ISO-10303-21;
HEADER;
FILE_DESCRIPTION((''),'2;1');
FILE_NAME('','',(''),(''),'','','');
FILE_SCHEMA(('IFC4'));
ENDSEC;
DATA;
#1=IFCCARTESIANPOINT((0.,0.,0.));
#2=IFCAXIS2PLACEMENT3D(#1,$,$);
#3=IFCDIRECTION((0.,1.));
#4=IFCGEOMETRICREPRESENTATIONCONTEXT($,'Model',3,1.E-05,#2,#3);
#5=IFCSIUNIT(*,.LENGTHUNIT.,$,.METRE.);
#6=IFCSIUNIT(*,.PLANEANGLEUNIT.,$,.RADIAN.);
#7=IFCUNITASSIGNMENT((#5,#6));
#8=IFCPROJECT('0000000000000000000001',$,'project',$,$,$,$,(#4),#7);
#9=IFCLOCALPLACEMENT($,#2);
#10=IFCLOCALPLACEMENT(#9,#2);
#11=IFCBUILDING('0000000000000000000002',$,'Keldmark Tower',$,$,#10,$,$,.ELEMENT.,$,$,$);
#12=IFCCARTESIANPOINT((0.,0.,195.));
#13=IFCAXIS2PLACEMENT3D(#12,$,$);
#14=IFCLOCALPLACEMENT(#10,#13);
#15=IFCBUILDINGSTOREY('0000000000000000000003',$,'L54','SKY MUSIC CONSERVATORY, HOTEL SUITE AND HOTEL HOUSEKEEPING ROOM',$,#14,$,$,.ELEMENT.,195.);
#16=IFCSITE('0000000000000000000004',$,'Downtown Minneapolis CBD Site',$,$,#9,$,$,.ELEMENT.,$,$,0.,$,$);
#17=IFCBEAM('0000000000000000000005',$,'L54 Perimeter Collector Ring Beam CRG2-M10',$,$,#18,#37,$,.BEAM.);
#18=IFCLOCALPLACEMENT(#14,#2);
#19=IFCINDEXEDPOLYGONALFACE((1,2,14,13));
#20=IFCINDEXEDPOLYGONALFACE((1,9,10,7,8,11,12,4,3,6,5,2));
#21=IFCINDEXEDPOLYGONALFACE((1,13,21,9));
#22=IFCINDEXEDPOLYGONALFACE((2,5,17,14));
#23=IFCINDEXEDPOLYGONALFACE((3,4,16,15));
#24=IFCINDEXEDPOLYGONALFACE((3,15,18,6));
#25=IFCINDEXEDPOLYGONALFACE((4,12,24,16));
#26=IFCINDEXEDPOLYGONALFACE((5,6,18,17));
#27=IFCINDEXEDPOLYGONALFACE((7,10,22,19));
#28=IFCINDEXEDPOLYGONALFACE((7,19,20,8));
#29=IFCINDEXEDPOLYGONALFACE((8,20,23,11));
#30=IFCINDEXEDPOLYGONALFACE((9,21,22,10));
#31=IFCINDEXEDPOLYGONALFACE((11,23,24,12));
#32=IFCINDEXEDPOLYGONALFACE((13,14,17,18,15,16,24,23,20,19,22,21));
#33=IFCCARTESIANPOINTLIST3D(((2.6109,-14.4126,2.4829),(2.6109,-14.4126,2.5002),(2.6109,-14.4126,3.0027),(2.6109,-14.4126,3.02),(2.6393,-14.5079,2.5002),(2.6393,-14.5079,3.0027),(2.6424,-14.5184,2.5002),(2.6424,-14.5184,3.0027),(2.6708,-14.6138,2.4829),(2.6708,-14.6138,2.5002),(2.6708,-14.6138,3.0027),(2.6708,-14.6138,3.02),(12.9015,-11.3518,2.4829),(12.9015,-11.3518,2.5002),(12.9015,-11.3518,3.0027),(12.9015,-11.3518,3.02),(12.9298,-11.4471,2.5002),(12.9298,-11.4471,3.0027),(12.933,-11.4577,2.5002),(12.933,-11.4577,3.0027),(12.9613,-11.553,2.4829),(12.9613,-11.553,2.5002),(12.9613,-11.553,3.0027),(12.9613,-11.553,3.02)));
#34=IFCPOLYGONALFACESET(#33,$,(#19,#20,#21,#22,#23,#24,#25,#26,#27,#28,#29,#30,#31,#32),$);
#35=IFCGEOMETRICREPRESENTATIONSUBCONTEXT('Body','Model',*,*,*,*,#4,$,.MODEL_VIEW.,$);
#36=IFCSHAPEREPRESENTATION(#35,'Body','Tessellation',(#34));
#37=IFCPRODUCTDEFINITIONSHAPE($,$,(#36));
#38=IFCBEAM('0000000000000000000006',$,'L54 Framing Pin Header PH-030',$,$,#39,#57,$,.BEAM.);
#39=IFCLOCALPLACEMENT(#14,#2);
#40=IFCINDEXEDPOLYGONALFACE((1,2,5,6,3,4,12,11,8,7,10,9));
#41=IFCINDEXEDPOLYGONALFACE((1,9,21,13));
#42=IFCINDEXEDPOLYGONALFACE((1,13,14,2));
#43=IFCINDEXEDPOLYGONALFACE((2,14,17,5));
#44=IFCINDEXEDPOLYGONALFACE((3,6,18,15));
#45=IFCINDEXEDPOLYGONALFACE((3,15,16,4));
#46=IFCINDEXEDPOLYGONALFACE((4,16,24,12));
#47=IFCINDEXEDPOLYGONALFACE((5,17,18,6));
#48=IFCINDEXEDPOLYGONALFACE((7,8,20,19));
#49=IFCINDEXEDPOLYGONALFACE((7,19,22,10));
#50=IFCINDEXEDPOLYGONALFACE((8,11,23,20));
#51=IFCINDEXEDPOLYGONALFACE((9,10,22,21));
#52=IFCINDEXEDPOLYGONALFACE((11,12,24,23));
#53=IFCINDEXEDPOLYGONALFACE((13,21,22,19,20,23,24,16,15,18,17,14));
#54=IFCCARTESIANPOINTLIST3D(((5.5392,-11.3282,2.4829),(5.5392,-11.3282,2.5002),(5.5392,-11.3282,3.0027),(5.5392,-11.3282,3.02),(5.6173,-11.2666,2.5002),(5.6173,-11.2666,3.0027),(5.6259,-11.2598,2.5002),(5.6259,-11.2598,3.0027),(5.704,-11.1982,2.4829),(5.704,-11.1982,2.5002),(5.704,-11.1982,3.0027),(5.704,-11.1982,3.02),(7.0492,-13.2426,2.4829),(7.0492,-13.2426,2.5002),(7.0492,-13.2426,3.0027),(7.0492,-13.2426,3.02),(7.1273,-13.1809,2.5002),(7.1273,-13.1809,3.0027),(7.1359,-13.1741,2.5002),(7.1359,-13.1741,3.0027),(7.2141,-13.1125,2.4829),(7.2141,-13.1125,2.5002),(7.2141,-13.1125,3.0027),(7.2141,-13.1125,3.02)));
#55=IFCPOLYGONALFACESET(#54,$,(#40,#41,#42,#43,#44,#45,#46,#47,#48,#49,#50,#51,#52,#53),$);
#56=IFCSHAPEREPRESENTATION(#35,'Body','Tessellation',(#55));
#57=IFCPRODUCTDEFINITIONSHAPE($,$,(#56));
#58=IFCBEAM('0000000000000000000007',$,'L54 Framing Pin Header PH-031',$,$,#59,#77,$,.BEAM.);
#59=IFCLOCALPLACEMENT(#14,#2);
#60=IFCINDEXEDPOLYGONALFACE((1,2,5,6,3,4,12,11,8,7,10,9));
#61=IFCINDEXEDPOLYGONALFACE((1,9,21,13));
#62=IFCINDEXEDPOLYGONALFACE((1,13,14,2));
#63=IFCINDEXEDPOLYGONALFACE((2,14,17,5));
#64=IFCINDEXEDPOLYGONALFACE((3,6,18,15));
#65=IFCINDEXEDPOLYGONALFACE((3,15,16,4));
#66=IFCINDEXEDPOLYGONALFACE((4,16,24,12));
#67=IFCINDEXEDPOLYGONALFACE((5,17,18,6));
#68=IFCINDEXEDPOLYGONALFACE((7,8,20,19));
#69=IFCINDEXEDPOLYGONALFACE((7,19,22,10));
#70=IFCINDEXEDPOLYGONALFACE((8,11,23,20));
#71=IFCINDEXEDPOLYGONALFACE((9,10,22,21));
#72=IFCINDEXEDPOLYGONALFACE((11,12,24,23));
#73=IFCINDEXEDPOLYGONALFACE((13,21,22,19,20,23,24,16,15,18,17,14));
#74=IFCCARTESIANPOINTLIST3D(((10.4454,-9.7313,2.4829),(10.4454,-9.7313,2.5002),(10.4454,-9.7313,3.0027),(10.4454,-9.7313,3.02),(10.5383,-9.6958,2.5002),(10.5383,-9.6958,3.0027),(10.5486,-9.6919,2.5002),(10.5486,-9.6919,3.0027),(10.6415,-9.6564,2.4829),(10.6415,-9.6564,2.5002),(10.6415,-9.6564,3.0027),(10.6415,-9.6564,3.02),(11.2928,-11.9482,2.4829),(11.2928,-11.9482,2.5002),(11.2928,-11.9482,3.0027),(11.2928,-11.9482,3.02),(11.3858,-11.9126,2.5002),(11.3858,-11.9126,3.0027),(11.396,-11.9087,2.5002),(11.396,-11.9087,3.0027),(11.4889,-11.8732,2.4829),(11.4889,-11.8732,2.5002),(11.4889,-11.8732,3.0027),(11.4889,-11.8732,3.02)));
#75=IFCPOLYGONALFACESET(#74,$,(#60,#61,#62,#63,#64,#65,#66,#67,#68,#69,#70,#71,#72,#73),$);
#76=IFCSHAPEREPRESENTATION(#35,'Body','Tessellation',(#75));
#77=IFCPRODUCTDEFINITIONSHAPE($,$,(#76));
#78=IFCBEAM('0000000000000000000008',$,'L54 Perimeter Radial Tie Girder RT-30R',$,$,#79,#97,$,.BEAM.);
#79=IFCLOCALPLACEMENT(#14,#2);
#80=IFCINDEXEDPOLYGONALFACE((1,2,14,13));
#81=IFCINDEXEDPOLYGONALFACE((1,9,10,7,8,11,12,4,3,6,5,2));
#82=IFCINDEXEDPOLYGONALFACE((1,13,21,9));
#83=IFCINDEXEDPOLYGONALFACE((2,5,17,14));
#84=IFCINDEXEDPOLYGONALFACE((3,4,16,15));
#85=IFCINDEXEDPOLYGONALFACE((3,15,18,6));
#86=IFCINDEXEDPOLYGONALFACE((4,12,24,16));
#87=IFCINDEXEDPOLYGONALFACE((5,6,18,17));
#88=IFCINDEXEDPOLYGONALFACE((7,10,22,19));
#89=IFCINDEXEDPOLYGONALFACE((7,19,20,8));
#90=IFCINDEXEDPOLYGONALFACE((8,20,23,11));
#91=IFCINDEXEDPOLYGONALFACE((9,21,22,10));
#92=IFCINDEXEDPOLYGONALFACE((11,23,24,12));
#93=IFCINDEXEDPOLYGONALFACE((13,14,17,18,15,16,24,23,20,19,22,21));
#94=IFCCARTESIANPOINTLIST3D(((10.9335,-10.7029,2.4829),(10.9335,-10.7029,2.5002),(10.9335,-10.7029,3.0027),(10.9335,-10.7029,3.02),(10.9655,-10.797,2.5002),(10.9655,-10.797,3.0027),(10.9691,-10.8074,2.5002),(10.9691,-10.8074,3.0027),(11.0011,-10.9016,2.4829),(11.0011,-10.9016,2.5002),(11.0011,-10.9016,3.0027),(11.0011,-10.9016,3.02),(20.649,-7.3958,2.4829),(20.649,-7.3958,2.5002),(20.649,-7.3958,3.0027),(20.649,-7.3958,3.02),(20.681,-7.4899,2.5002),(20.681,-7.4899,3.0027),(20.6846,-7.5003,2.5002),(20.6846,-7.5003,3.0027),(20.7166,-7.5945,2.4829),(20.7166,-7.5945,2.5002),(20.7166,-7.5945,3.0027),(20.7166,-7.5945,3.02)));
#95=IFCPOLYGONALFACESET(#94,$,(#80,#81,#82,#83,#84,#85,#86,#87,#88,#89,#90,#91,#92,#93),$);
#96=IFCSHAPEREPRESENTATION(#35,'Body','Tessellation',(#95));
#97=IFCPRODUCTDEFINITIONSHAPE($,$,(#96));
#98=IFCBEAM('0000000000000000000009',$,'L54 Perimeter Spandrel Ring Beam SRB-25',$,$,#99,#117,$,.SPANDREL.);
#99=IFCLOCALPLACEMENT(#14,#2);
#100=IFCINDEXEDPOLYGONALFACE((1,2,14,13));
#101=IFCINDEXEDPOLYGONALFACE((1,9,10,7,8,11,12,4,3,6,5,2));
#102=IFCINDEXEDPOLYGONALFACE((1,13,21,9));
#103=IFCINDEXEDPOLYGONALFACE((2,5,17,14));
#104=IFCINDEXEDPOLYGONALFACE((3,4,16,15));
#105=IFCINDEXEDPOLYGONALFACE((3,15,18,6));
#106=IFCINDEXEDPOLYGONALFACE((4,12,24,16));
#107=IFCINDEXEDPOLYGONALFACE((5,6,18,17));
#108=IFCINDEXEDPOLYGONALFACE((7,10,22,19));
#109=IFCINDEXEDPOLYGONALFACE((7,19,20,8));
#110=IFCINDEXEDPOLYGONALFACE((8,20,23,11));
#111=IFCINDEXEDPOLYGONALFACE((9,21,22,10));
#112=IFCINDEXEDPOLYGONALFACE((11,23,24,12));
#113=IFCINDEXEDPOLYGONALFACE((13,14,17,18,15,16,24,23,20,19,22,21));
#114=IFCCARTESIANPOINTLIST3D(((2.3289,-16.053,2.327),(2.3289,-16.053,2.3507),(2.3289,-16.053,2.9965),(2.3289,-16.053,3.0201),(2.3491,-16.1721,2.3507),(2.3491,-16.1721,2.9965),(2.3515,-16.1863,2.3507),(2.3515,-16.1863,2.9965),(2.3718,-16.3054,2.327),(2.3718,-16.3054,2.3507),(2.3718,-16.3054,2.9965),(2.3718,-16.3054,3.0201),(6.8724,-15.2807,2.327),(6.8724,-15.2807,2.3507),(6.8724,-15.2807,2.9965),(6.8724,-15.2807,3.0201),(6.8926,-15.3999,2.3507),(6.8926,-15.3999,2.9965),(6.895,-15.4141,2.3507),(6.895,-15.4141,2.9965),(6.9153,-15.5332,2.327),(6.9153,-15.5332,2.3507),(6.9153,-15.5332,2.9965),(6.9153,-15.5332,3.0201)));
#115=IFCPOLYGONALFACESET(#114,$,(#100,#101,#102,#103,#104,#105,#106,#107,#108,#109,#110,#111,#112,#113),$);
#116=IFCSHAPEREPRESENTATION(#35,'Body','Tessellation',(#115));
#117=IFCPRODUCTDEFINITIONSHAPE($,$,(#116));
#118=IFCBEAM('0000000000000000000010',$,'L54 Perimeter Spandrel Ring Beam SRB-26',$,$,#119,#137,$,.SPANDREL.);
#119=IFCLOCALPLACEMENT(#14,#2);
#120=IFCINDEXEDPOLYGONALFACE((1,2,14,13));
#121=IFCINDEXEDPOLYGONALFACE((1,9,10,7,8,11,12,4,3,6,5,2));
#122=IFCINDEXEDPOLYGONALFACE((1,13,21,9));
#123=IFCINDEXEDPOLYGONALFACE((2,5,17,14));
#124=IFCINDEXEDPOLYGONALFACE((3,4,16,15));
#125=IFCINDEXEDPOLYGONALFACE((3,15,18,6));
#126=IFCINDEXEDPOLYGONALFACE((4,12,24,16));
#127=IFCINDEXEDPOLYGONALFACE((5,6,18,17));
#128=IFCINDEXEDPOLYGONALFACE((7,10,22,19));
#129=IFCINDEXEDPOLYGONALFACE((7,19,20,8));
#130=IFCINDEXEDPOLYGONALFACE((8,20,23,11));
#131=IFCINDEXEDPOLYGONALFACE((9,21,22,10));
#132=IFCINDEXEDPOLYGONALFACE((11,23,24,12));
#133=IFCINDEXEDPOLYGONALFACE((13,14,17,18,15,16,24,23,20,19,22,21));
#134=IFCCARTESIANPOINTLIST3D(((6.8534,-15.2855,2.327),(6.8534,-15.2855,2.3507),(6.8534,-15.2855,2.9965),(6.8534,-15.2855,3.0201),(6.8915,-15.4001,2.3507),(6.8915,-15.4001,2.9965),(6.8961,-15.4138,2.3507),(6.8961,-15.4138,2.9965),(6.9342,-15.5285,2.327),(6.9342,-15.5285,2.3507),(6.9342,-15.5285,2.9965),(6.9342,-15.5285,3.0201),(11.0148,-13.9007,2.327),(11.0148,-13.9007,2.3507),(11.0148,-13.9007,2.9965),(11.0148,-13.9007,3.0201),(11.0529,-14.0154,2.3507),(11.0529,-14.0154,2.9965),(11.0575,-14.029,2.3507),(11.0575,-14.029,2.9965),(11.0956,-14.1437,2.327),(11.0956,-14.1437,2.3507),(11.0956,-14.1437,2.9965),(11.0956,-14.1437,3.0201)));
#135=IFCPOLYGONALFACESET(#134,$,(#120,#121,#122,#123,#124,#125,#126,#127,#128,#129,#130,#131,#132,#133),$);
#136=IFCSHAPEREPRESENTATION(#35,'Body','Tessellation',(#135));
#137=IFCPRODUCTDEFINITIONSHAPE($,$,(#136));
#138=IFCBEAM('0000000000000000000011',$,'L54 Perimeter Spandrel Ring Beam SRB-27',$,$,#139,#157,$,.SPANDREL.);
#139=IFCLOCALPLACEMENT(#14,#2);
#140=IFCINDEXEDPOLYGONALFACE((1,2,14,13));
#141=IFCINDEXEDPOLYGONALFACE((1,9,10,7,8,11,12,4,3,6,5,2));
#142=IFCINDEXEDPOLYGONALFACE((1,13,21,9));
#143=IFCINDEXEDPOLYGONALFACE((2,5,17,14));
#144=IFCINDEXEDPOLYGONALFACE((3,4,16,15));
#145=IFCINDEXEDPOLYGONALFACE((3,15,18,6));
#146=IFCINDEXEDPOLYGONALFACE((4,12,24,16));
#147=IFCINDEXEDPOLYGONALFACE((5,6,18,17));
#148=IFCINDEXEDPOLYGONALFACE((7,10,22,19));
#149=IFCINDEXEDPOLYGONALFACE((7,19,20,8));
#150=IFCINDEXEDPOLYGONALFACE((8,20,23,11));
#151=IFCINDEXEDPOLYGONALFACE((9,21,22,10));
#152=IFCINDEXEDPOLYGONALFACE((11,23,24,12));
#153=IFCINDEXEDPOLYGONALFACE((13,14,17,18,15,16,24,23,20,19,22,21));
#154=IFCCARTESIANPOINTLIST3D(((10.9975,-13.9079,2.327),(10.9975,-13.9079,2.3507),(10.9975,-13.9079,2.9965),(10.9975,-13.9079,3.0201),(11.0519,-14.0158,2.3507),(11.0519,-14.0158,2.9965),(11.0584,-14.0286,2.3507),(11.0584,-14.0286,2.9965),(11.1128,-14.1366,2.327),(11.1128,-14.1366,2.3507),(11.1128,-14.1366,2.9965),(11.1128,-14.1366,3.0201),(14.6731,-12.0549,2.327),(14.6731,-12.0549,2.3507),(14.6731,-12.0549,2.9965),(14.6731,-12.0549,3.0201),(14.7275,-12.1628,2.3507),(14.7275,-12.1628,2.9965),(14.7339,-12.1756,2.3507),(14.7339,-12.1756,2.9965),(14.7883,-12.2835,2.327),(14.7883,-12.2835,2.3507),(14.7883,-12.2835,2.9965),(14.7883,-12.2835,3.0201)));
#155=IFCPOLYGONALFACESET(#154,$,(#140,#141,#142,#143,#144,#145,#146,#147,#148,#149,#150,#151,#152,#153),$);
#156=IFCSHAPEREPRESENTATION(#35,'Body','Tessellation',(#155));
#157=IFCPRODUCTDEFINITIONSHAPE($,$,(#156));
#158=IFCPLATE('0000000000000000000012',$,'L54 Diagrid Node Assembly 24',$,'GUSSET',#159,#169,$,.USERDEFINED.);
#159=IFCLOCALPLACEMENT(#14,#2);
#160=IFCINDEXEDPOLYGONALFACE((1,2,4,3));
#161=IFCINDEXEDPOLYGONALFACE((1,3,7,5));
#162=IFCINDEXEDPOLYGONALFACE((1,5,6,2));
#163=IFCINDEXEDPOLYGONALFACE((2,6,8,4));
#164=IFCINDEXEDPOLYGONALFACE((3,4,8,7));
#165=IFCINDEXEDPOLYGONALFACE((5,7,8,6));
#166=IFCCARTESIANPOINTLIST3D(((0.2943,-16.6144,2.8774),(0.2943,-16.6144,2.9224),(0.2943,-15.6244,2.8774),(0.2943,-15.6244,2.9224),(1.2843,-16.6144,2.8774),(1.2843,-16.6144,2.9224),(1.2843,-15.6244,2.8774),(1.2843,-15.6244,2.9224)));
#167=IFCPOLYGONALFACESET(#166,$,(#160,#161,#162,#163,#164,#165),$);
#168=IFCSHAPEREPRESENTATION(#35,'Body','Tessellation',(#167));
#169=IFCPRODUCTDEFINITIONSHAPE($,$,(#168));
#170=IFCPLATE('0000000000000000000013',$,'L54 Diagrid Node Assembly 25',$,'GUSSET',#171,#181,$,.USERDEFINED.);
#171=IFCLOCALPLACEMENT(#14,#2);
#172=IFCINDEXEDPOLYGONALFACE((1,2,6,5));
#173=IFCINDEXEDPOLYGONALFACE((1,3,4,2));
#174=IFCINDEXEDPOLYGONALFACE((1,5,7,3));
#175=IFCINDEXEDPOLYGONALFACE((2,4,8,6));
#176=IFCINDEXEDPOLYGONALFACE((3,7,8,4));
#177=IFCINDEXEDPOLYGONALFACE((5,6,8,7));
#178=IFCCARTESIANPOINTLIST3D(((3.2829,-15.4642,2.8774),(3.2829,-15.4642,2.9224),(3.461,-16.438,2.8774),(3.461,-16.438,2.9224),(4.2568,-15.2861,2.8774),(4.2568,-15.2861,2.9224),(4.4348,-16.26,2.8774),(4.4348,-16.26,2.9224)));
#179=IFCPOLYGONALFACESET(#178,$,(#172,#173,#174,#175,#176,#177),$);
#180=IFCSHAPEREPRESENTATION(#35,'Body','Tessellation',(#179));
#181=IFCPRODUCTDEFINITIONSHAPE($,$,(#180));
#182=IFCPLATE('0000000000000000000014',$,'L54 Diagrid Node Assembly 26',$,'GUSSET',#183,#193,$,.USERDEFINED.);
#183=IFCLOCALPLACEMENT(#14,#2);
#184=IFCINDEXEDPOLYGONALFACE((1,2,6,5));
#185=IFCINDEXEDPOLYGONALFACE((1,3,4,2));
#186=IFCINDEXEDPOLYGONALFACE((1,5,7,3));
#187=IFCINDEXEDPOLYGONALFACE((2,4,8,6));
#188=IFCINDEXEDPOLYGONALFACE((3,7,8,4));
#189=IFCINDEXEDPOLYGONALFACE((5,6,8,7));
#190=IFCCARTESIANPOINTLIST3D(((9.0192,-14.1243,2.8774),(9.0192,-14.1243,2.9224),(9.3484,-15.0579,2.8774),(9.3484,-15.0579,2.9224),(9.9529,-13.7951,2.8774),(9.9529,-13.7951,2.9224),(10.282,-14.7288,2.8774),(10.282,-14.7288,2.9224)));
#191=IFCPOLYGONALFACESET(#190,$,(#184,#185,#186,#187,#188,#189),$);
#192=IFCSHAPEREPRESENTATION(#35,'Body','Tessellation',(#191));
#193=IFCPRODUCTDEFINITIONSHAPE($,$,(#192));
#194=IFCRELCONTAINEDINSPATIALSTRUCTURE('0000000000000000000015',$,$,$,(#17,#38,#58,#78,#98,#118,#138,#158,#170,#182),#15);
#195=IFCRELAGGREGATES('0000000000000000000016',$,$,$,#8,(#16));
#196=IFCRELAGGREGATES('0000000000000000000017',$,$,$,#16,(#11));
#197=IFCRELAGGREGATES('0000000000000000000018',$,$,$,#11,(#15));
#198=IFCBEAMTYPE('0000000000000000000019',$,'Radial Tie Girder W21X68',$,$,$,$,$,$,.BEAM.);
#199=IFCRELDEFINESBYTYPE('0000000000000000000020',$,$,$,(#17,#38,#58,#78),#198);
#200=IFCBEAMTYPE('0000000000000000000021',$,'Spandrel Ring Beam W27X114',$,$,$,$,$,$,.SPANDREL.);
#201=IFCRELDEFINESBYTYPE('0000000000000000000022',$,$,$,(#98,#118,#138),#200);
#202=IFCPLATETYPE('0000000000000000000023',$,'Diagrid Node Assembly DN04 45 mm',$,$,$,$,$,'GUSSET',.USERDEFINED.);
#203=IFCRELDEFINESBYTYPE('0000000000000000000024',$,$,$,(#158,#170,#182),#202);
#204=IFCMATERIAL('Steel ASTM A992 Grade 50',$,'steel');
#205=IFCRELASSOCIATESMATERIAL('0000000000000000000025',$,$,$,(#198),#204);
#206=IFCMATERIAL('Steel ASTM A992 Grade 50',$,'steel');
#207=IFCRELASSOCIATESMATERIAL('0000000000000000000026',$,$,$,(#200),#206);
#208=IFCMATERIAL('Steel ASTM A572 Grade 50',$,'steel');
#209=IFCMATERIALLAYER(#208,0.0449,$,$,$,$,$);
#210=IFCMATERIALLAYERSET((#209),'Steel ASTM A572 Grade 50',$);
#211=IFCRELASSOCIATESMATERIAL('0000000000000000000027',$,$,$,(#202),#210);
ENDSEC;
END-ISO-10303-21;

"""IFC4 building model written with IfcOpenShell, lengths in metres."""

from ifc_helpers import new_model, si_unit, direction, frame, origin, origin_2d, place, context, subcontext, project, spatial, rectangle, i_section, extrude, material, layer, layer_set, material_profile, profile_set, type_object, element, save


model = new_model("IFC4")

# Units and contexts
model_context = context("Model", 3, precision=1e-05, world=origin(), true_north=direction((0.0, 1.0)))
body_context = subcontext(model_context, "Body", "Model", "MODEL_VIEW")
ifc_project = project(units=[si_unit("LENGTHUNIT", "METRE"), si_unit("PLANEANGLEUNIT", "RADIAN")], contexts=[model_context])

# Site, building, storey
site_placement = place(None, origin())
site = spatial("IfcSite", under=ifc_project, at=site_placement, Name="Downtown Minneapolis CBD Site", CompositionType="ELEMENT", RefElevation=0.0)
building_placement = place(site_placement, origin())
building = spatial("IfcBuilding", under=site, at=building_placement, Name="Keldmark Tower", CompositionType="ELEMENT")
storey_placement = place(building_placement, frame((0.0, 0.0, 195.0)))
storey = spatial("IfcBuildingStorey", under=building, at=storey_placement, Name="L54", Description="SKY MUSIC CONSERVATORY, HOTEL SUITE AND HOTEL HOUSEKEEPING ROOM", CompositionType="ELEMENT", Elevation=195.0)

# Beams
ifc_material_1 = material(Name="Steel ASTM A992 Grade 50", Category="steel")
ifc_material_profile_1 = material_profile(ifc_material_1, i_section(OverallWidth=0.21, OverallDepth=0.5371, WebThickness=0.011, FlangeThickness=0.0173, at=origin_2d()), Name="W21X68")
ifc_profile_set_1 = profile_set([ifc_material_profile_1], Name="Steel ASTM A992 Grade 50")
beam_type_1 = type_object("IfcBeamType", Name="Radial Tie Girder W21X68", PredefinedType="BEAM", material=ifc_profile_set_1)
beam_1_placement = place(storey_placement, frame((2.6409, -14.5132, 2.7515), z_axis=(0.9585, 0.285094, 0.0), x_axis=(-0.285094, 0.9585, 0.0)))
element("IfcBeam", 1, at=beam_1_placement, inside=storey, type_object=beam_type_1, Name="L54 Perimeter Collector Ring Beam CRG2-M10", PredefinedType="BEAM", context=body_context, shape_type="SweptSolid", body=[
    extrude(i_section(OverallWidth=0.21, OverallDepth=0.5371, WebThickness=0.011, FlangeThickness=0.0173, at=origin_2d()), origin(), (0.0, 0.0, 1.0), 10.7361),
])
beam_2_placement = place(storey_placement, frame((5.6216, -11.2632, 2.7515), z_axis=(0.61932, -0.785139, 0.0), x_axis=(0.785139, 0.61932, 0.0)))
element("IfcBeam", 2, at=beam_2_placement, inside=storey, type_object=beam_type_1, Name="L54 Framing Pin Header PH-030", PredefinedType="BEAM", context=body_context, shape_type="SweptSolid", body=[
    extrude(i_section(OverallWidth=0.21, OverallDepth=0.5371, WebThickness=0.011, FlangeThickness=0.0173, at=origin_2d()), origin(), (0.0, 0.0, 1.0), 2.4382),
])
beam_3_placement = place(storey_placement, frame((10.5435, -9.6938, 2.7515), z_axis=(0.357069, -0.934078, 0.0), x_axis=(0.934078, 0.357069, 0.0)))
element("IfcBeam", 3, at=beam_3_placement, inside=storey, type_object=beam_type_1, Name="L54 Framing Pin Header PH-031", PredefinedType="BEAM", context=body_context, shape_type="SweptSolid", body=[
    extrude(i_section(OverallWidth=0.21, OverallDepth=0.5371, WebThickness=0.011, FlangeThickness=0.0173, at=origin_2d()), origin(), (0.0, 0.0, 1.0), 2.3733),
])
beam_4_placement = place(storey_placement, frame((10.9673, -10.8022, 2.7515), z_axis=(0.946659, 0.322237, 0.0), x_axis=(-0.322237, 0.946659, 0.0)))
element("IfcBeam", 4, at=beam_4_placement, inside=storey, type_object=beam_type_1, Name="L54 Perimeter Radial Tie Girder RT-30R", PredefinedType="BEAM", context=body_context, shape_type="SweptSolid", body=[
    extrude(i_section(OverallWidth=0.21, OverallDepth=0.5371, WebThickness=0.011, FlangeThickness=0.0173, at=origin_2d()), origin(), (0.0, 0.0, 1.0), 10.2629),
])
ifc_material_2 = material(Name="Steel ASTM A992 Grade 50", Category="steel")
ifc_material_profile_2 = material_profile(ifc_material_2, i_section(OverallWidth=0.2561, OverallDepth=0.6931, WebThickness=0.0144, FlangeThickness=0.0237, at=origin_2d()), Name="W27X114")
ifc_profile_set_2 = profile_set([ifc_material_profile_2], Name="Steel ASTM A992 Grade 50")
beam_type_2 = type_object("IfcBeamType", Name="Spandrel Ring Beam W27X114", PredefinedType="SPANDREL", material=ifc_profile_set_2)
beam_5_placement = place(storey_placement, frame((2.3503, -16.1792, 2.6736), z_axis=(0.985862, 0.167559, 0.0), x_axis=(-0.167559, 0.985862, 0.0)))
element("IfcBeam", 5, at=beam_5_placement, inside=storey, type_object=beam_type_2, Name="L54 Perimeter Spandrel Ring Beam SRB-25", PredefinedType="SPANDREL", context=body_context, shape_type="SweptSolid", body=[
    extrude(i_section(OverallWidth=0.2561, OverallDepth=0.6931, WebThickness=0.0144, FlangeThickness=0.0237, at=origin_2d()), origin(), (0.0, 0.0, 1.0), 4.6086),
])
beam_6_placement = place(storey_placement, frame((6.8938, -15.407, 2.6736), z_axis=(0.948845, 0.315743, 0.0), x_axis=(-0.315743, 0.948845, 0.0)))
element("IfcBeam", 6, at=beam_6_placement, inside=storey, type_object=beam_type_2, Name="L54 Perimeter Spandrel Ring Beam SRB-26", PredefinedType="SPANDREL", context=body_context, shape_type="SweptSolid", body=[
    extrude(i_section(OverallWidth=0.2561, OverallDepth=0.6931, WebThickness=0.0144, FlangeThickness=0.0237, at=origin_2d()), origin(), (0.0, 0.0, 1.0), 4.3857),
])
beam_7_placement = place(storey_placement, frame((11.0552, -14.0222, 2.6736), z_axis=(0.892939, 0.450177, 0.0), x_axis=(-0.450177, 0.892939, 0.0)))
element("IfcBeam", 7, at=beam_7_placement, inside=storey, type_object=beam_type_2, Name="L54 Perimeter Spandrel Ring Beam SRB-27", PredefinedType="SPANDREL", context=body_context, shape_type="SweptSolid", body=[
    extrude(i_section(OverallWidth=0.2561, OverallDepth=0.6931, WebThickness=0.0144, FlangeThickness=0.0237, at=origin_2d()), origin(), (0.0, 0.0, 1.0), 4.1162),
])

# Plates
ifc_material_3 = material(Name="Steel ASTM A572 Grade 50", Category="steel")
ifc_layer_1 = layer(ifc_material_3, 0.0449)
ifc_layer_set_1 = layer_set([ifc_layer_1], Name="Steel ASTM A572 Grade 50")
plate_type = type_object("IfcPlateType", Name="Diagrid Node Assembly DN04 45 mm", ElementType="GUSSET", PredefinedType="USERDEFINED", material=ifc_layer_set_1)
for number, where, z_axis, x_axis, name in (
    (8, (0.7893, -16.1194, 2.8774), (0.0, 0.0, 1.0), (1.0, 0.0, 0.0), "L54 Diagrid Node Assembly 24"),
    (9, (3.8589, -15.8621, 2.8774), (0.0, 0.0, 1.0), (0.983697, 0.179832, 0.0), "L54 Diagrid Node Assembly 25"),
    (10, (9.6506, -14.4265, 2.8774), (0.0, 0.0, 1.0), (0.943107, 0.33249, 0.0), "L54 Diagrid Node Assembly 26"),
):
    element("IfcPlate", number, at=place(storey_placement, frame(where, z_axis=z_axis, x_axis=x_axis)), inside=storey, type_object=plate_type, Name=name, ObjectType="GUSSET", PredefinedType="USERDEFINED", context=body_context, shape_type="SweptSolid", body=[
        extrude(rectangle(XDim=0.99, YDim=0.99, at=origin_2d()), origin(), (0.0, 0.0, 1.0), 0.0449),
    ])

save(model, "model.ifc")
